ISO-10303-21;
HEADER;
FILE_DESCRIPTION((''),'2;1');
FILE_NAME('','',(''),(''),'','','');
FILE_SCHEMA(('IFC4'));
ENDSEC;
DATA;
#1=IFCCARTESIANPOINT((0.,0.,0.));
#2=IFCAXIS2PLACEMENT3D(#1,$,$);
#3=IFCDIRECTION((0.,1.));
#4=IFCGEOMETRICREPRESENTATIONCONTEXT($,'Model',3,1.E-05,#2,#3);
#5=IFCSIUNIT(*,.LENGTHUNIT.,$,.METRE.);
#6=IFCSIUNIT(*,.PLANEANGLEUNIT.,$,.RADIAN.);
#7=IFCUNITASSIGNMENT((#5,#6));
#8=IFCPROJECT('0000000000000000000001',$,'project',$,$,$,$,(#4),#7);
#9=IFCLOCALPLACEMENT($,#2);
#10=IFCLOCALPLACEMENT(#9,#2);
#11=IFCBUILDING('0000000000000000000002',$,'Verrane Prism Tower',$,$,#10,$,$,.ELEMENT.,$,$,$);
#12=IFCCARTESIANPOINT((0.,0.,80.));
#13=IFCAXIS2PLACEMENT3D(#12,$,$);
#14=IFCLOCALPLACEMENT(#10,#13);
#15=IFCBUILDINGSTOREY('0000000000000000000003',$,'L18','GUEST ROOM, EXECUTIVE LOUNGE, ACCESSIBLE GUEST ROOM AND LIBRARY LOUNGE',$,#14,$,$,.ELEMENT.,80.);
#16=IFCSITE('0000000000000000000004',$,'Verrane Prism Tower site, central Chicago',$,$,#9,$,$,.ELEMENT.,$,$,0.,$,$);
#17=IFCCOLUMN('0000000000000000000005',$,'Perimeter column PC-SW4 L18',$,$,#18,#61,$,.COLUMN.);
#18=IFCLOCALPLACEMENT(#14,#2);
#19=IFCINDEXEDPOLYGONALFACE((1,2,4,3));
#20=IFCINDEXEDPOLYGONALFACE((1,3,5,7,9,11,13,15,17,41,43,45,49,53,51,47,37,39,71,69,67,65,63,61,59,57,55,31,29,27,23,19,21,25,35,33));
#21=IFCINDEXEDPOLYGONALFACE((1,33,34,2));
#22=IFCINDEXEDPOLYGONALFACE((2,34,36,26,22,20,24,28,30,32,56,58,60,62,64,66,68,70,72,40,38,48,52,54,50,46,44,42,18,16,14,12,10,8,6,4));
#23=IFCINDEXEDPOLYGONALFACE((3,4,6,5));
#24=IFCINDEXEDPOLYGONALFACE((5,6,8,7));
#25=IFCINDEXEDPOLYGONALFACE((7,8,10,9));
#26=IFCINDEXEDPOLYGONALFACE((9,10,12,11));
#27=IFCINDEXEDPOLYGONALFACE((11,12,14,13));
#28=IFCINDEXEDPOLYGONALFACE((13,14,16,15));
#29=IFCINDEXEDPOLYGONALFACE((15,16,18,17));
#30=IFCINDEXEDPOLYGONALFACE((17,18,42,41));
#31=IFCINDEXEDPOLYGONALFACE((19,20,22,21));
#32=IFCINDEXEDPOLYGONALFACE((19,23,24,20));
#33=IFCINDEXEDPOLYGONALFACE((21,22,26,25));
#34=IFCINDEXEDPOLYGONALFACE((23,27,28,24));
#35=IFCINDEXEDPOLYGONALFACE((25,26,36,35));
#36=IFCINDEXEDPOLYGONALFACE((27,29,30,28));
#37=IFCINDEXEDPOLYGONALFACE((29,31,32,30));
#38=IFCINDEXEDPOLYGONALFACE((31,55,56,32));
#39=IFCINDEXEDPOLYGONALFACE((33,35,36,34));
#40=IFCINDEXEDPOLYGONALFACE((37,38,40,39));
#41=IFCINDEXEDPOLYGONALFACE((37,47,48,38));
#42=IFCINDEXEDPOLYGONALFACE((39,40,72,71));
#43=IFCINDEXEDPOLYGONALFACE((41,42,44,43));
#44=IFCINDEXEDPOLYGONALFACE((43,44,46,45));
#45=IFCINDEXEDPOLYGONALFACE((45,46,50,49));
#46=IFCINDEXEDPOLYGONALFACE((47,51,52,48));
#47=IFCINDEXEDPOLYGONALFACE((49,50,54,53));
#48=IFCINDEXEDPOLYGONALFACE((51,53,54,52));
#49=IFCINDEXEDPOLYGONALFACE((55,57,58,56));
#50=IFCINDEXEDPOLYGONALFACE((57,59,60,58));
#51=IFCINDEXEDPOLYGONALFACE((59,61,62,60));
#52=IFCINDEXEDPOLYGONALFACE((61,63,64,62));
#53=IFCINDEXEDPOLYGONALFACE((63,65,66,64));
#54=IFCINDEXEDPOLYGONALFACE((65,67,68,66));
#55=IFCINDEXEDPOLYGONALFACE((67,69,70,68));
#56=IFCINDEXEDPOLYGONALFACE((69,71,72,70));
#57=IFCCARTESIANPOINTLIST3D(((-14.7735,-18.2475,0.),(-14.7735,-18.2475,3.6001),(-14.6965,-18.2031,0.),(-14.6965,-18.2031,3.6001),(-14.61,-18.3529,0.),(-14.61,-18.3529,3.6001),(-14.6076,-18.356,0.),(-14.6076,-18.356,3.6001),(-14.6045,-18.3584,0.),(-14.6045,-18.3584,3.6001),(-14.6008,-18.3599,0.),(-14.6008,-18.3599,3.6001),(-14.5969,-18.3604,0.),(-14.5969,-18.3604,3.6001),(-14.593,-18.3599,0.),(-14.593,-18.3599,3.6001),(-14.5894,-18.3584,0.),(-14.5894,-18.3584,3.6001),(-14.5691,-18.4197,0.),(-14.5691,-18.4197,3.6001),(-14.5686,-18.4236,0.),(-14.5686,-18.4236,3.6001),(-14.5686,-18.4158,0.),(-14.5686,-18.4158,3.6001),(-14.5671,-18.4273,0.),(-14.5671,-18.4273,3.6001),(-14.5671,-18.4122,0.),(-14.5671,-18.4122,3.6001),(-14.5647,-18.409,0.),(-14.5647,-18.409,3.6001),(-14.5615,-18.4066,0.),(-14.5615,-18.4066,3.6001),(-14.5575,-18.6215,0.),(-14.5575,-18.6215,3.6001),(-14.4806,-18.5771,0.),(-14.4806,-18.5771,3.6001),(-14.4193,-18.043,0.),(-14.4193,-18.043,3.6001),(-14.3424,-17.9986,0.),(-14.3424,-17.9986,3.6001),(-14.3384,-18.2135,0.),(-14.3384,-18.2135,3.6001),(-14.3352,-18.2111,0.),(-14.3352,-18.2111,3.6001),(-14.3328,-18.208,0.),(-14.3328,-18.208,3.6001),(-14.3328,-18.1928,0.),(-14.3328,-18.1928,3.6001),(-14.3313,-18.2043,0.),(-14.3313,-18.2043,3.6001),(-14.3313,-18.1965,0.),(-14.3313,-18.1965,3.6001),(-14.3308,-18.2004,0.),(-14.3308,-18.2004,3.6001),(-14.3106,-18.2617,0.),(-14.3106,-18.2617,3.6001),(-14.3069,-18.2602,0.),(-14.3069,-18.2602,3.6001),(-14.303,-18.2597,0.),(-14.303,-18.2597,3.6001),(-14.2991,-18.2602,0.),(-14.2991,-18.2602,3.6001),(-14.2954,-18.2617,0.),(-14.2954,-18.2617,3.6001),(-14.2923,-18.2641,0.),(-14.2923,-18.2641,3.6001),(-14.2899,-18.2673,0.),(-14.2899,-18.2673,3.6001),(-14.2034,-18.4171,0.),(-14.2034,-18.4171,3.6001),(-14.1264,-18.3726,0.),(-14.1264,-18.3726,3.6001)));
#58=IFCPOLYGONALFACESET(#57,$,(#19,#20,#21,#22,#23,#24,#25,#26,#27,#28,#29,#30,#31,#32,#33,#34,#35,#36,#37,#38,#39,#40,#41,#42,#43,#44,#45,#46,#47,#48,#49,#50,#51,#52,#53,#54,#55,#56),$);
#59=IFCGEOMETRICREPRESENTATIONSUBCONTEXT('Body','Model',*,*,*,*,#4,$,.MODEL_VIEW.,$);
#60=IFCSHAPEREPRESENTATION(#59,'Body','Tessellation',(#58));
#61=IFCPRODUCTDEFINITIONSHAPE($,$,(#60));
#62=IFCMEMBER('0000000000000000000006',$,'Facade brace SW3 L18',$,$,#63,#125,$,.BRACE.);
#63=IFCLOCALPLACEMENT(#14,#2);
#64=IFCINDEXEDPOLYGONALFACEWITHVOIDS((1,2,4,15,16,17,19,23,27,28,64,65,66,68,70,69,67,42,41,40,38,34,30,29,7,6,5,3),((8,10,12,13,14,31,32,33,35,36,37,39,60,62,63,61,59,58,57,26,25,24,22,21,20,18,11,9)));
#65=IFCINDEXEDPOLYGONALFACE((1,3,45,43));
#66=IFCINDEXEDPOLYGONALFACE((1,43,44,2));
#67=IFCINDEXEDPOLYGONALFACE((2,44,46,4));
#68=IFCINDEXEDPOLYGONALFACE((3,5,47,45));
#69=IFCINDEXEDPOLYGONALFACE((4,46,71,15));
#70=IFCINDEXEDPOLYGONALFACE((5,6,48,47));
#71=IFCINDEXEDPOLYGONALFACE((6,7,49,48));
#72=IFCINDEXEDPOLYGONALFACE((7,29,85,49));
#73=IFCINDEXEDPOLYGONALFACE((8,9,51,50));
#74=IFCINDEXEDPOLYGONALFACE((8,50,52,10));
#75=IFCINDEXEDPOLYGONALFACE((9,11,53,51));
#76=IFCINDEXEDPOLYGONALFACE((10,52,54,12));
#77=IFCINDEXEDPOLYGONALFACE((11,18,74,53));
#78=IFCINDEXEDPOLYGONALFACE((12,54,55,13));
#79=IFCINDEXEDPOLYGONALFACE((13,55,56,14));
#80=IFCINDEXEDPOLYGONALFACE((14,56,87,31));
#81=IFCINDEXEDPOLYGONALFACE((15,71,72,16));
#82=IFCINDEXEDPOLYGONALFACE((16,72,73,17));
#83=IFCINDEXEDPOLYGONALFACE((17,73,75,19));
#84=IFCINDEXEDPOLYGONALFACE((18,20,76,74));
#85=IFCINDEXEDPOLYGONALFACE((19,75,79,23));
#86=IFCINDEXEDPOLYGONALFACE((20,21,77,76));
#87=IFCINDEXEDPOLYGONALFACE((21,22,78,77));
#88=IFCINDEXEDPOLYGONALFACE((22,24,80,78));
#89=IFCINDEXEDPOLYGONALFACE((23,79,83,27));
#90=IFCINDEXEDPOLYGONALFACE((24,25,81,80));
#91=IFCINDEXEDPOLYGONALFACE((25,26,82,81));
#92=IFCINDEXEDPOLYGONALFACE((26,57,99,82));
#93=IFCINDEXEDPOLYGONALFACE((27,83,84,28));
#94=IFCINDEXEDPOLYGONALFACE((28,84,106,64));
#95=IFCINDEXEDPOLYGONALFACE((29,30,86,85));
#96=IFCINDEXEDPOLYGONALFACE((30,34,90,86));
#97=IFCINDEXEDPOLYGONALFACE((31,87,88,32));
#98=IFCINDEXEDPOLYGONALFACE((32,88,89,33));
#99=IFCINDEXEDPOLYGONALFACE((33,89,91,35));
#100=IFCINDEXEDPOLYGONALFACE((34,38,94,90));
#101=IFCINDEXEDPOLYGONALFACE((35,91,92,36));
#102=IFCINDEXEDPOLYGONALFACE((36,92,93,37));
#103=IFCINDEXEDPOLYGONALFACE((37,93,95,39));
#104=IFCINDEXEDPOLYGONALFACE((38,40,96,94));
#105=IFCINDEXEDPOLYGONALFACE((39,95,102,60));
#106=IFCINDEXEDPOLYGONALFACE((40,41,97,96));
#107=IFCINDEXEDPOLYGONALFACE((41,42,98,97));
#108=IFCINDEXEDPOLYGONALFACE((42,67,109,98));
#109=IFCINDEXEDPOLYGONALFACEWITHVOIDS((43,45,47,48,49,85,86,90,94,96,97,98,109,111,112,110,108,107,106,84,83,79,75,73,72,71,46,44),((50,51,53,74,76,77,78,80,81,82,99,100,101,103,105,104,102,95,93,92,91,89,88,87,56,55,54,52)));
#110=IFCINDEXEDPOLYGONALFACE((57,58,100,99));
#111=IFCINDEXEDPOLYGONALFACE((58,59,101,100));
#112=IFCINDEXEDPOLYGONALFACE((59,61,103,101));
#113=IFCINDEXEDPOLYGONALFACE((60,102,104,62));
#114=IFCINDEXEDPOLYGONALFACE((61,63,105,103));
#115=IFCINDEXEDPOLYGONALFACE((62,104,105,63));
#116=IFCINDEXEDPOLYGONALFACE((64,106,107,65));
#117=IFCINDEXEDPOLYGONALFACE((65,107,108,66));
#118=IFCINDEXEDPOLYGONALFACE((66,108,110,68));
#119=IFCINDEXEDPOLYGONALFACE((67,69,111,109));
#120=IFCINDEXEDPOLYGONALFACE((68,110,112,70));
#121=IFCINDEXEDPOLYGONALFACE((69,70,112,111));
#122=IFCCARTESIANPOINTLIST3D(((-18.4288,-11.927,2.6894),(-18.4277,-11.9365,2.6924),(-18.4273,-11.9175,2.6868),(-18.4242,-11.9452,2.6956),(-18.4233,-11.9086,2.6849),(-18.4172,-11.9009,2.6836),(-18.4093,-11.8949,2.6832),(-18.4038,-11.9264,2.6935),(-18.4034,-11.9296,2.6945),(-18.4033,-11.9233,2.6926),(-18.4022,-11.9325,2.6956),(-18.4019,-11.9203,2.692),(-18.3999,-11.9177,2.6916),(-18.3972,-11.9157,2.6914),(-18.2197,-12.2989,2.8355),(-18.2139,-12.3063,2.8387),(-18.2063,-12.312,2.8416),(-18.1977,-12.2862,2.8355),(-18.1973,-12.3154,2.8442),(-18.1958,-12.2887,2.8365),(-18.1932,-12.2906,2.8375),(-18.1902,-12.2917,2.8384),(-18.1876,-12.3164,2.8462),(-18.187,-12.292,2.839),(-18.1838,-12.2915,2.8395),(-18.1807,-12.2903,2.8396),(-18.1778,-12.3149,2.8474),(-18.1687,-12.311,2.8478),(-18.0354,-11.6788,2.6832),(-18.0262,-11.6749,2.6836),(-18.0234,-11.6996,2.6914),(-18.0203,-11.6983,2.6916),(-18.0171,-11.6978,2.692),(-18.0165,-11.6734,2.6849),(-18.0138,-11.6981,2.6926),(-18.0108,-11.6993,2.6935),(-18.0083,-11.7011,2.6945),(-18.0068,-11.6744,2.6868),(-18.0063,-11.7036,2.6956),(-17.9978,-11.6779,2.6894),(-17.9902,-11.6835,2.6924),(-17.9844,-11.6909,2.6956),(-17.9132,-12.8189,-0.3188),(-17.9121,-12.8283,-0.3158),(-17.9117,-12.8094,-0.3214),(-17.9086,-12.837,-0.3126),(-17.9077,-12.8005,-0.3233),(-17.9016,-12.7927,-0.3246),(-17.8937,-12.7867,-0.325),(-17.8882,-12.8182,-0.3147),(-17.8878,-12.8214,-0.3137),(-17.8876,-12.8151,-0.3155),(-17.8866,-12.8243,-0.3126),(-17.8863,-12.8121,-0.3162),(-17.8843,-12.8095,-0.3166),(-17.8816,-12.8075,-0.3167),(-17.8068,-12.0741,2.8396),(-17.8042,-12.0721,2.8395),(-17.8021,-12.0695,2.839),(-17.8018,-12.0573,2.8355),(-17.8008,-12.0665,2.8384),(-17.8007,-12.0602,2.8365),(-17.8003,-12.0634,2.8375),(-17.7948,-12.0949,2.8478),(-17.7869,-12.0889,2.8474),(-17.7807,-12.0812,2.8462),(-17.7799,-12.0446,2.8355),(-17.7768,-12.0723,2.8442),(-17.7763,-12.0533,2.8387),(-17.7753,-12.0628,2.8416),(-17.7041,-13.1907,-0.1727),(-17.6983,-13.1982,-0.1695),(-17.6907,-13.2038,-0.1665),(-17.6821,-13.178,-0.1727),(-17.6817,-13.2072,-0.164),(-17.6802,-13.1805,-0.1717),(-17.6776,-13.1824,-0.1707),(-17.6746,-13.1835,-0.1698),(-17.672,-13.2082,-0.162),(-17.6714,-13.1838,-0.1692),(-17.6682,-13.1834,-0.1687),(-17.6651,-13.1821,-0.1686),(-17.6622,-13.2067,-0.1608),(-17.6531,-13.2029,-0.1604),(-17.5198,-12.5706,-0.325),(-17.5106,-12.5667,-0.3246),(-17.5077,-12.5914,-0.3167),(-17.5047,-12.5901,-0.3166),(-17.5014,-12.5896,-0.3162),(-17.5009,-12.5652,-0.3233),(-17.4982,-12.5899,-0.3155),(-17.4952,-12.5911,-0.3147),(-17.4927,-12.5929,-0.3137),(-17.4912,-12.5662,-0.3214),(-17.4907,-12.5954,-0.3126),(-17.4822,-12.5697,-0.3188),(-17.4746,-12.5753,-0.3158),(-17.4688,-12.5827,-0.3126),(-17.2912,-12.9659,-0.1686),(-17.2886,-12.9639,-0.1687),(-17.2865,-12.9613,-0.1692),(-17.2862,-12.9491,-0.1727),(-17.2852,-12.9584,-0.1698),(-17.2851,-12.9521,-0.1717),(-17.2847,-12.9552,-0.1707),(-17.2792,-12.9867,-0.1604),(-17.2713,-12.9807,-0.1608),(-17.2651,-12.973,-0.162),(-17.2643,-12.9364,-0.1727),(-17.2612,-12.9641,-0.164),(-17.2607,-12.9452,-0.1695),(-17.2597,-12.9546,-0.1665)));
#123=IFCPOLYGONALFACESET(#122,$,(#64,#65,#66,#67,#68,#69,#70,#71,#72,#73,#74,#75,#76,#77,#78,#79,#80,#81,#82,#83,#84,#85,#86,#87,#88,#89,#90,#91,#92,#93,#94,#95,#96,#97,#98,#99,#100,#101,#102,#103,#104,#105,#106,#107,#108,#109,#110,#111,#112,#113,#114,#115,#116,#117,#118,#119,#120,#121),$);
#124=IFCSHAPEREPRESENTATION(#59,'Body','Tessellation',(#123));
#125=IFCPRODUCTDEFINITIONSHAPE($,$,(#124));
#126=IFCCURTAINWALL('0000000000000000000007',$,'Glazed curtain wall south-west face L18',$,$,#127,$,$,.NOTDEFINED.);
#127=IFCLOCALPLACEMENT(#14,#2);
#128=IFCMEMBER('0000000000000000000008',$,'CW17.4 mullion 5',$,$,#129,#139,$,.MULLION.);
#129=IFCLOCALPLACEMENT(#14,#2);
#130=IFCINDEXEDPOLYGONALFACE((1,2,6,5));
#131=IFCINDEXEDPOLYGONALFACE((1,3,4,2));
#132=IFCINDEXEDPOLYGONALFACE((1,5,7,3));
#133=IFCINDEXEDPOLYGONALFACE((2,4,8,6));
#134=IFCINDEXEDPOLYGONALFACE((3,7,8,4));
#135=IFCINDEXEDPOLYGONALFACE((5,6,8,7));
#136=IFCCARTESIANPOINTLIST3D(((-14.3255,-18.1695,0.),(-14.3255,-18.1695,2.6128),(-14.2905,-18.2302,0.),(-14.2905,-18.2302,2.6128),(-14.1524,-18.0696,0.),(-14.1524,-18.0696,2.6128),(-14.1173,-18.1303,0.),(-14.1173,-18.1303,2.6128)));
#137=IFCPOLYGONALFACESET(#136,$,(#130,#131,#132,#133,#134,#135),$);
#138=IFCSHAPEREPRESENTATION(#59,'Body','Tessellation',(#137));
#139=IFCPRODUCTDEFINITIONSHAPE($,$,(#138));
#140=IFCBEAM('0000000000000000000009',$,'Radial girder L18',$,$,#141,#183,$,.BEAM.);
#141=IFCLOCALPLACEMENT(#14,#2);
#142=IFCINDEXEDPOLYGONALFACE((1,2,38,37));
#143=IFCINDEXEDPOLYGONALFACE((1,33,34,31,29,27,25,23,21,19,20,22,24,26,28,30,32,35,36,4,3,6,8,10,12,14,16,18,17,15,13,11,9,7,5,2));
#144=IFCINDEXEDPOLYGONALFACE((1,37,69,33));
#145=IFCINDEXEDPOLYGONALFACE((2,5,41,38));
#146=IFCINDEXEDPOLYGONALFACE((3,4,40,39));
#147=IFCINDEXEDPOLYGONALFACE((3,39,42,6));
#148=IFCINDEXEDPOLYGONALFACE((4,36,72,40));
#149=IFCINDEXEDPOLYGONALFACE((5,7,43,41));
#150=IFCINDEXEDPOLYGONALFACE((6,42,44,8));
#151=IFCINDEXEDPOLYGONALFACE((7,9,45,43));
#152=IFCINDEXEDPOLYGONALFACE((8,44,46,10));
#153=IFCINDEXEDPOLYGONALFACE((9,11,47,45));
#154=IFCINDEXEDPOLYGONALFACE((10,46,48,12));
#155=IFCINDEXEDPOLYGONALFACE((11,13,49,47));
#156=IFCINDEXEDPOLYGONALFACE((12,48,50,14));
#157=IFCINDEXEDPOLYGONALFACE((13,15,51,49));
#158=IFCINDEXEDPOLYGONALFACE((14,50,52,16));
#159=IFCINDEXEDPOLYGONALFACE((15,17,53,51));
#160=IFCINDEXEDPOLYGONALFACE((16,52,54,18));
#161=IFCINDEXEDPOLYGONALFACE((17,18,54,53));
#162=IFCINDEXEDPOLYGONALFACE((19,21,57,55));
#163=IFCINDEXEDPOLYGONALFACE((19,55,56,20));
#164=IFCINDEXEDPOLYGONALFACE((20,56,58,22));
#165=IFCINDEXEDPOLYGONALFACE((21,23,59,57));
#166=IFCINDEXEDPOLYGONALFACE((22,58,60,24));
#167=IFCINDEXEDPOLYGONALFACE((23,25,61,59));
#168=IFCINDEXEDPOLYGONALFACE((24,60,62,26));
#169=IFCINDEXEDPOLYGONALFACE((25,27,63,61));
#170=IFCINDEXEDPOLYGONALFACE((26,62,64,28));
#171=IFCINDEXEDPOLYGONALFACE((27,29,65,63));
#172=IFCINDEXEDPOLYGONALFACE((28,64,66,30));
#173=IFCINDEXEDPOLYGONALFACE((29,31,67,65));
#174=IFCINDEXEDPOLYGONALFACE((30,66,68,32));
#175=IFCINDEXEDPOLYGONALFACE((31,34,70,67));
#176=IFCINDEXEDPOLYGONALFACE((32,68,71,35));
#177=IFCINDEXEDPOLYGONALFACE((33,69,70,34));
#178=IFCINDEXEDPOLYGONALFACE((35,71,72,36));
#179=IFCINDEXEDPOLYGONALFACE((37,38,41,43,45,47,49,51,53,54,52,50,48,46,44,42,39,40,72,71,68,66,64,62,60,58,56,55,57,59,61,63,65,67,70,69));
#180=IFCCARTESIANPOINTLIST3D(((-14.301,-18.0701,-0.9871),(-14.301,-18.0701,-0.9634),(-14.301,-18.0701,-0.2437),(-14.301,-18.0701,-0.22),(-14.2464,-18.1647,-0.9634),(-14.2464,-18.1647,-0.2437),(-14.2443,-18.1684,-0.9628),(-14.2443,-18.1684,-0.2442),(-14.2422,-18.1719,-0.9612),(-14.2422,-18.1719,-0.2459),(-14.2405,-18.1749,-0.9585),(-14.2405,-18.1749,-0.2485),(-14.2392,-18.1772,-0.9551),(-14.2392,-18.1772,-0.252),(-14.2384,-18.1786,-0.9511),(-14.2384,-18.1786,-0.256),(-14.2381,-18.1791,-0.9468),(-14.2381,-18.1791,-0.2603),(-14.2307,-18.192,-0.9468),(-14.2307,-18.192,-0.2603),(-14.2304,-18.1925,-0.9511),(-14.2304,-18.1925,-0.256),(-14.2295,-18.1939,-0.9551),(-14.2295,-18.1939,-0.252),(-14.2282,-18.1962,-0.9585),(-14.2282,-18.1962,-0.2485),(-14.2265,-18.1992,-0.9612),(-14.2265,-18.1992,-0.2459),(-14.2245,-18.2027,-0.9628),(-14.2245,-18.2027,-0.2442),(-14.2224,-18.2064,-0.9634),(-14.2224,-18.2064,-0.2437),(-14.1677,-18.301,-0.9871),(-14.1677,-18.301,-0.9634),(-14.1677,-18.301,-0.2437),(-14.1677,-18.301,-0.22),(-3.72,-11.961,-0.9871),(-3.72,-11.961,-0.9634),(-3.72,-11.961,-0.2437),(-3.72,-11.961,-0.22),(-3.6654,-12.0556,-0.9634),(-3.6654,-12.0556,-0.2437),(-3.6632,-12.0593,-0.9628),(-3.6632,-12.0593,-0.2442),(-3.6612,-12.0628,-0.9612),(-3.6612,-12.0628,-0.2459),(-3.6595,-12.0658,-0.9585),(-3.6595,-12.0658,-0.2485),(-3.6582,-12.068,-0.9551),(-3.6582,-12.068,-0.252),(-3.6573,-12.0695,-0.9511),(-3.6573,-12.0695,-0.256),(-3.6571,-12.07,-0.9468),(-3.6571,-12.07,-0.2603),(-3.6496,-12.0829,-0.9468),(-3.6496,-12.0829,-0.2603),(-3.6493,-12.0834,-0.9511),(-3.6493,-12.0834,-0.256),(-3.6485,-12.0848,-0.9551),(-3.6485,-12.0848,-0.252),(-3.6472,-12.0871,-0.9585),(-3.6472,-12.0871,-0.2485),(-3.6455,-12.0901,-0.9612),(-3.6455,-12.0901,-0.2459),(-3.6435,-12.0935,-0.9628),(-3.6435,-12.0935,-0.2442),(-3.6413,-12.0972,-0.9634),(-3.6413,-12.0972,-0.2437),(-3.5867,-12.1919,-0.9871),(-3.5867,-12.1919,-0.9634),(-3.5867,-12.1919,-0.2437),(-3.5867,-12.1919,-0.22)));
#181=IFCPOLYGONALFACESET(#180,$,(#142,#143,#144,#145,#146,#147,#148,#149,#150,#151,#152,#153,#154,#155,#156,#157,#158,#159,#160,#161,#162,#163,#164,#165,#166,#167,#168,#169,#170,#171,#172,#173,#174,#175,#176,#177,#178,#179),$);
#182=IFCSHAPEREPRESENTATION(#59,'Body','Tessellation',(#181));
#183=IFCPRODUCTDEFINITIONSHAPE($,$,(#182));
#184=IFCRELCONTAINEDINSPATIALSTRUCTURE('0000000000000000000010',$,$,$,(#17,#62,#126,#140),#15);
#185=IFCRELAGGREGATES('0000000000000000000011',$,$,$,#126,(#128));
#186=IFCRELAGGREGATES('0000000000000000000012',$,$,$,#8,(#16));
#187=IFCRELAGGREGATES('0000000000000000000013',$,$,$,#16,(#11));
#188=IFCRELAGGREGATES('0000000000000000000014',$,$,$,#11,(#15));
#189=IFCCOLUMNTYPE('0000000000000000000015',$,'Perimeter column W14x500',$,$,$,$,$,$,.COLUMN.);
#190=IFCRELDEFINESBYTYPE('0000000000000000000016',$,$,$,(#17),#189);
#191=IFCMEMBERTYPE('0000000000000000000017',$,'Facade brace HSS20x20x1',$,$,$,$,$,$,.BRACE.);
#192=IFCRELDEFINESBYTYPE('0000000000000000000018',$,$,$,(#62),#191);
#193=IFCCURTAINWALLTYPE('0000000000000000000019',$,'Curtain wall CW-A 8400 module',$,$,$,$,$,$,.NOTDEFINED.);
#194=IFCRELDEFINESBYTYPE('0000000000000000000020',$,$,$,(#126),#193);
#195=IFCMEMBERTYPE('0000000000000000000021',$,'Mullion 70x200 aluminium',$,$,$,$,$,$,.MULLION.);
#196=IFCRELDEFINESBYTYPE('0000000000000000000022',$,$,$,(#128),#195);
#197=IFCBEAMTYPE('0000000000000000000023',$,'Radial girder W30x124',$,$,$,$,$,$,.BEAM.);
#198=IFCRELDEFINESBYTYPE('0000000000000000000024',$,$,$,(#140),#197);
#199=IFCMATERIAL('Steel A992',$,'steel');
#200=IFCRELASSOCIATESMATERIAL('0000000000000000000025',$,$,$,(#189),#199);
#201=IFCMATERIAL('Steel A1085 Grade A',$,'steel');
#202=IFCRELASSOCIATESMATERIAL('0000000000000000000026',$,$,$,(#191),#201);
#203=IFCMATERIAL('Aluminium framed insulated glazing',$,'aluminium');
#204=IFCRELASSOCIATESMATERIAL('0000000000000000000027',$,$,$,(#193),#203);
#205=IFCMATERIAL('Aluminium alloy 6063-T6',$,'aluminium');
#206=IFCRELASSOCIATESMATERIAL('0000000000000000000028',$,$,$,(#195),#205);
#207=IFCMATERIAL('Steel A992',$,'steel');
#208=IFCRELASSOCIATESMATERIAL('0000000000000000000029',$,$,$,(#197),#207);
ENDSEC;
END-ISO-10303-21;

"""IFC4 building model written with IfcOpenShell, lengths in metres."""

from ifc_helpers import new_model, si_unit, direction, frame, origin, origin_2d, place, context, subcontext, project, spatial, rectangle, hollow_rectangle, i_section, extrude, material, material_profile, profile_set, type_object, element, aggregate, save


model = new_model("IFC4")

# Units and contexts
model_context = context("Model", 3, precision=1e-05, world=origin(), true_north=direction((0.0, 1.0)))
body_context = subcontext(model_context, "Body", "Model", "MODEL_VIEW")
ifc_project = project(units=[si_unit("LENGTHUNIT", "METRE"), si_unit("PLANEANGLEUNIT", "RADIAN")], contexts=[model_context])

# Site, building, storey
site_placement = place(None, origin())
site = spatial("IfcSite", under=ifc_project, at=site_placement, Name="Verrane Prism Tower site, central Chicago", CompositionType="ELEMENT", RefElevation=0.0)
building_placement = place(site_placement, origin())
building = spatial("IfcBuilding", under=site, at=building_placement, Name="Verrane Prism Tower", CompositionType="ELEMENT")
storey_placement = place(building_placement, frame((0.0, 0.0, 80.0)))
storey = spatial("IfcBuildingStorey", under=building, at=storey_placement, Name="L18", Description="GUEST ROOM, EXECUTIVE LOUNGE, ACCESSIBLE GUEST ROOM AND LIBRARY LOUNGE", CompositionType="ELEMENT", Elevation=80.0)

# Column
ifc_material_1 = material(Name="Steel A992", Category="steel")
ifc_material_profile_1 = material_profile(ifc_material_1, i_section(OverallWidth=0.4319, OverallDepth=0.4978, WebThickness=0.0557, FlangeThickness=0.0889, FilletRadius=0.0151, at=origin_2d()), Name="W14x500")
ifc_profile_set_1 = profile_set([ifc_material_profile_1], Name="Steel A992")
column_type = type_object("IfcColumnType", Name="Perimeter column W14x500", PredefinedType="COLUMN", material=ifc_profile_set_1)
column_placement = place(storey_placement, frame((-14.45, -18.3101, 0.0), z_axis=(0.0, 0.0, 1.0), x_axis=(-0.5, 0.866025, 0.0)))
element("IfcColumn", 1, at=column_placement, inside=storey, type_object=column_type, Name="Perimeter column PC-SW4 L18", PredefinedType="COLUMN", context=body_context, shape_type="SweptSolid", body=[
    extrude(i_section(OverallWidth=0.4319, OverallDepth=0.4978, WebThickness=0.0557, FlangeThickness=0.0889, FilletRadius=0.0151, at=origin_2d()), origin(), (0.0, 0.0, 1.0), 3.6001),
])

# Member
ifc_material_2 = material(Name="Steel A1085 Grade A", Category="steel")
ifc_material_profile_2 = material_profile(ifc_material_2, hollow_rectangle(XDim=0.5081, YDim=0.5081, WallThickness=0.0254, InnerFilletRadius=0.0127, OuterFilletRadius=0.0381, at=origin_2d()), Name="HSS20x20x1")
ifc_profile_set_2 = profile_set([ifc_material_profile_2], Name="Steel A1085 Grade A")
member_type_1 = type_object("IfcMemberType", Name="Facade brace HSS20x20x1", PredefinedType="BRACE", material=ifc_profile_set_2)
member_1_placement = place(storey_placement, frame((-17.5864, -12.8867, -0.2427), z_axis=(-0.162156, 0.280472, 0.946066), x_axis=(-0.865724, -0.500522, 0.0)))
element("IfcMember", 2, at=member_1_placement, inside=storey, type_object=member_type_1, Name="Facade brace SW3 L18", PredefinedType="BRACE", context=body_context, shape_type="SweptSolid", body=[
    extrude(hollow_rectangle(XDim=0.5081, YDim=0.5081, WallThickness=0.0254, InnerFilletRadius=0.0127, OuterFilletRadius=0.0381, at=origin_2d()), origin(), (0.0, 0.0, 1.0), 3.1797),
])

# Curtain wall, member
ifc_material_3 = material(Name="Aluminium framed insulated glazing", Category="aluminium")
curtain_wall_type = type_object("IfcCurtainWallType", Name="Curtain wall CW-A 8400 module", PredefinedType="NOTDEFINED", material=ifc_material_3)
curtain_wall_placement = place(storey_placement, origin())
curtain_wall = element("IfcCurtainWall", 3, at=curtain_wall_placement, inside=storey, type_object=curtain_wall_type, Name="Glazed curtain wall south-west face L18", PredefinedType="NOTDEFINED")
ifc_material_4 = material(Name="Aluminium alloy 6063-T6", Category="aluminium")
ifc_material_profile_3 = material_profile(ifc_material_4, rectangle(XDim=0.2, YDim=0.0701, at=origin_2d()), Name="Mullion 70x200 aluminium")
ifc_profile_set_3 = profile_set([ifc_material_profile_3], Name="Aluminium alloy 6063-T6")
member_type_2 = type_object("IfcMemberType", Name="Mullion 70x200 aluminium", PredefinedType="MULLION", material=ifc_profile_set_3)
member_2_placement = place(storey_placement, frame((-14.2214, -18.1499, 0.0), z_axis=(0.0, 0.0, 1.0), x_axis=(0.866026, 0.499999, 0.0)))
member_2 = element("IfcMember", 4, at=member_2_placement, type_object=member_type_2, Name="CW17.4 mullion 5", PredefinedType="MULLION", context=body_context, shape_type="SweptSolid", body=[
    extrude(rectangle(XDim=0.2, YDim=0.0701, at=origin_2d()), origin(), (0.0, 0.0, 1.0), 2.6128),
])

# Beam
ifc_material_5 = material(Name="Steel A992", Category="steel")
ifc_material_profile_4 = material_profile(ifc_material_5, i_section(OverallWidth=0.2666, OverallDepth=0.7671, WebThickness=0.0149, FlangeThickness=0.0237, FilletRadius=0.0166, at=origin_2d()), Name="W30x124")
ifc_profile_set_4 = profile_set([ifc_material_profile_4], Name="Steel A992")
beam_type_1 = type_object("IfcBeamType", Name="Radial girder W30x124", PredefinedType="BEAM", material=ifc_profile_set_4)
beam_1_placement = place(storey_placement, frame((-14.2344, -18.1855, -0.6035), z_axis=(0.86602, 0.50001, 0.0), x_axis=(-0.50001, 0.86602, 0.0)))
element("IfcBeam", 5, at=beam_1_placement, inside=storey, type_object=beam_type_1, Name="Radial girder L18", PredefinedType="BEAM", context=body_context, shape_type="SweptSolid", body=[
    extrude(i_section(OverallWidth=0.2666, OverallDepth=0.7671, WebThickness=0.0149, FlangeThickness=0.0237, FilletRadius=0.0166, at=origin_2d()), origin(), (0.0, 0.0, 1.0), 12.218),
])

aggregate(curtain_wall, [member_2])

save(model, "model.ifc")
